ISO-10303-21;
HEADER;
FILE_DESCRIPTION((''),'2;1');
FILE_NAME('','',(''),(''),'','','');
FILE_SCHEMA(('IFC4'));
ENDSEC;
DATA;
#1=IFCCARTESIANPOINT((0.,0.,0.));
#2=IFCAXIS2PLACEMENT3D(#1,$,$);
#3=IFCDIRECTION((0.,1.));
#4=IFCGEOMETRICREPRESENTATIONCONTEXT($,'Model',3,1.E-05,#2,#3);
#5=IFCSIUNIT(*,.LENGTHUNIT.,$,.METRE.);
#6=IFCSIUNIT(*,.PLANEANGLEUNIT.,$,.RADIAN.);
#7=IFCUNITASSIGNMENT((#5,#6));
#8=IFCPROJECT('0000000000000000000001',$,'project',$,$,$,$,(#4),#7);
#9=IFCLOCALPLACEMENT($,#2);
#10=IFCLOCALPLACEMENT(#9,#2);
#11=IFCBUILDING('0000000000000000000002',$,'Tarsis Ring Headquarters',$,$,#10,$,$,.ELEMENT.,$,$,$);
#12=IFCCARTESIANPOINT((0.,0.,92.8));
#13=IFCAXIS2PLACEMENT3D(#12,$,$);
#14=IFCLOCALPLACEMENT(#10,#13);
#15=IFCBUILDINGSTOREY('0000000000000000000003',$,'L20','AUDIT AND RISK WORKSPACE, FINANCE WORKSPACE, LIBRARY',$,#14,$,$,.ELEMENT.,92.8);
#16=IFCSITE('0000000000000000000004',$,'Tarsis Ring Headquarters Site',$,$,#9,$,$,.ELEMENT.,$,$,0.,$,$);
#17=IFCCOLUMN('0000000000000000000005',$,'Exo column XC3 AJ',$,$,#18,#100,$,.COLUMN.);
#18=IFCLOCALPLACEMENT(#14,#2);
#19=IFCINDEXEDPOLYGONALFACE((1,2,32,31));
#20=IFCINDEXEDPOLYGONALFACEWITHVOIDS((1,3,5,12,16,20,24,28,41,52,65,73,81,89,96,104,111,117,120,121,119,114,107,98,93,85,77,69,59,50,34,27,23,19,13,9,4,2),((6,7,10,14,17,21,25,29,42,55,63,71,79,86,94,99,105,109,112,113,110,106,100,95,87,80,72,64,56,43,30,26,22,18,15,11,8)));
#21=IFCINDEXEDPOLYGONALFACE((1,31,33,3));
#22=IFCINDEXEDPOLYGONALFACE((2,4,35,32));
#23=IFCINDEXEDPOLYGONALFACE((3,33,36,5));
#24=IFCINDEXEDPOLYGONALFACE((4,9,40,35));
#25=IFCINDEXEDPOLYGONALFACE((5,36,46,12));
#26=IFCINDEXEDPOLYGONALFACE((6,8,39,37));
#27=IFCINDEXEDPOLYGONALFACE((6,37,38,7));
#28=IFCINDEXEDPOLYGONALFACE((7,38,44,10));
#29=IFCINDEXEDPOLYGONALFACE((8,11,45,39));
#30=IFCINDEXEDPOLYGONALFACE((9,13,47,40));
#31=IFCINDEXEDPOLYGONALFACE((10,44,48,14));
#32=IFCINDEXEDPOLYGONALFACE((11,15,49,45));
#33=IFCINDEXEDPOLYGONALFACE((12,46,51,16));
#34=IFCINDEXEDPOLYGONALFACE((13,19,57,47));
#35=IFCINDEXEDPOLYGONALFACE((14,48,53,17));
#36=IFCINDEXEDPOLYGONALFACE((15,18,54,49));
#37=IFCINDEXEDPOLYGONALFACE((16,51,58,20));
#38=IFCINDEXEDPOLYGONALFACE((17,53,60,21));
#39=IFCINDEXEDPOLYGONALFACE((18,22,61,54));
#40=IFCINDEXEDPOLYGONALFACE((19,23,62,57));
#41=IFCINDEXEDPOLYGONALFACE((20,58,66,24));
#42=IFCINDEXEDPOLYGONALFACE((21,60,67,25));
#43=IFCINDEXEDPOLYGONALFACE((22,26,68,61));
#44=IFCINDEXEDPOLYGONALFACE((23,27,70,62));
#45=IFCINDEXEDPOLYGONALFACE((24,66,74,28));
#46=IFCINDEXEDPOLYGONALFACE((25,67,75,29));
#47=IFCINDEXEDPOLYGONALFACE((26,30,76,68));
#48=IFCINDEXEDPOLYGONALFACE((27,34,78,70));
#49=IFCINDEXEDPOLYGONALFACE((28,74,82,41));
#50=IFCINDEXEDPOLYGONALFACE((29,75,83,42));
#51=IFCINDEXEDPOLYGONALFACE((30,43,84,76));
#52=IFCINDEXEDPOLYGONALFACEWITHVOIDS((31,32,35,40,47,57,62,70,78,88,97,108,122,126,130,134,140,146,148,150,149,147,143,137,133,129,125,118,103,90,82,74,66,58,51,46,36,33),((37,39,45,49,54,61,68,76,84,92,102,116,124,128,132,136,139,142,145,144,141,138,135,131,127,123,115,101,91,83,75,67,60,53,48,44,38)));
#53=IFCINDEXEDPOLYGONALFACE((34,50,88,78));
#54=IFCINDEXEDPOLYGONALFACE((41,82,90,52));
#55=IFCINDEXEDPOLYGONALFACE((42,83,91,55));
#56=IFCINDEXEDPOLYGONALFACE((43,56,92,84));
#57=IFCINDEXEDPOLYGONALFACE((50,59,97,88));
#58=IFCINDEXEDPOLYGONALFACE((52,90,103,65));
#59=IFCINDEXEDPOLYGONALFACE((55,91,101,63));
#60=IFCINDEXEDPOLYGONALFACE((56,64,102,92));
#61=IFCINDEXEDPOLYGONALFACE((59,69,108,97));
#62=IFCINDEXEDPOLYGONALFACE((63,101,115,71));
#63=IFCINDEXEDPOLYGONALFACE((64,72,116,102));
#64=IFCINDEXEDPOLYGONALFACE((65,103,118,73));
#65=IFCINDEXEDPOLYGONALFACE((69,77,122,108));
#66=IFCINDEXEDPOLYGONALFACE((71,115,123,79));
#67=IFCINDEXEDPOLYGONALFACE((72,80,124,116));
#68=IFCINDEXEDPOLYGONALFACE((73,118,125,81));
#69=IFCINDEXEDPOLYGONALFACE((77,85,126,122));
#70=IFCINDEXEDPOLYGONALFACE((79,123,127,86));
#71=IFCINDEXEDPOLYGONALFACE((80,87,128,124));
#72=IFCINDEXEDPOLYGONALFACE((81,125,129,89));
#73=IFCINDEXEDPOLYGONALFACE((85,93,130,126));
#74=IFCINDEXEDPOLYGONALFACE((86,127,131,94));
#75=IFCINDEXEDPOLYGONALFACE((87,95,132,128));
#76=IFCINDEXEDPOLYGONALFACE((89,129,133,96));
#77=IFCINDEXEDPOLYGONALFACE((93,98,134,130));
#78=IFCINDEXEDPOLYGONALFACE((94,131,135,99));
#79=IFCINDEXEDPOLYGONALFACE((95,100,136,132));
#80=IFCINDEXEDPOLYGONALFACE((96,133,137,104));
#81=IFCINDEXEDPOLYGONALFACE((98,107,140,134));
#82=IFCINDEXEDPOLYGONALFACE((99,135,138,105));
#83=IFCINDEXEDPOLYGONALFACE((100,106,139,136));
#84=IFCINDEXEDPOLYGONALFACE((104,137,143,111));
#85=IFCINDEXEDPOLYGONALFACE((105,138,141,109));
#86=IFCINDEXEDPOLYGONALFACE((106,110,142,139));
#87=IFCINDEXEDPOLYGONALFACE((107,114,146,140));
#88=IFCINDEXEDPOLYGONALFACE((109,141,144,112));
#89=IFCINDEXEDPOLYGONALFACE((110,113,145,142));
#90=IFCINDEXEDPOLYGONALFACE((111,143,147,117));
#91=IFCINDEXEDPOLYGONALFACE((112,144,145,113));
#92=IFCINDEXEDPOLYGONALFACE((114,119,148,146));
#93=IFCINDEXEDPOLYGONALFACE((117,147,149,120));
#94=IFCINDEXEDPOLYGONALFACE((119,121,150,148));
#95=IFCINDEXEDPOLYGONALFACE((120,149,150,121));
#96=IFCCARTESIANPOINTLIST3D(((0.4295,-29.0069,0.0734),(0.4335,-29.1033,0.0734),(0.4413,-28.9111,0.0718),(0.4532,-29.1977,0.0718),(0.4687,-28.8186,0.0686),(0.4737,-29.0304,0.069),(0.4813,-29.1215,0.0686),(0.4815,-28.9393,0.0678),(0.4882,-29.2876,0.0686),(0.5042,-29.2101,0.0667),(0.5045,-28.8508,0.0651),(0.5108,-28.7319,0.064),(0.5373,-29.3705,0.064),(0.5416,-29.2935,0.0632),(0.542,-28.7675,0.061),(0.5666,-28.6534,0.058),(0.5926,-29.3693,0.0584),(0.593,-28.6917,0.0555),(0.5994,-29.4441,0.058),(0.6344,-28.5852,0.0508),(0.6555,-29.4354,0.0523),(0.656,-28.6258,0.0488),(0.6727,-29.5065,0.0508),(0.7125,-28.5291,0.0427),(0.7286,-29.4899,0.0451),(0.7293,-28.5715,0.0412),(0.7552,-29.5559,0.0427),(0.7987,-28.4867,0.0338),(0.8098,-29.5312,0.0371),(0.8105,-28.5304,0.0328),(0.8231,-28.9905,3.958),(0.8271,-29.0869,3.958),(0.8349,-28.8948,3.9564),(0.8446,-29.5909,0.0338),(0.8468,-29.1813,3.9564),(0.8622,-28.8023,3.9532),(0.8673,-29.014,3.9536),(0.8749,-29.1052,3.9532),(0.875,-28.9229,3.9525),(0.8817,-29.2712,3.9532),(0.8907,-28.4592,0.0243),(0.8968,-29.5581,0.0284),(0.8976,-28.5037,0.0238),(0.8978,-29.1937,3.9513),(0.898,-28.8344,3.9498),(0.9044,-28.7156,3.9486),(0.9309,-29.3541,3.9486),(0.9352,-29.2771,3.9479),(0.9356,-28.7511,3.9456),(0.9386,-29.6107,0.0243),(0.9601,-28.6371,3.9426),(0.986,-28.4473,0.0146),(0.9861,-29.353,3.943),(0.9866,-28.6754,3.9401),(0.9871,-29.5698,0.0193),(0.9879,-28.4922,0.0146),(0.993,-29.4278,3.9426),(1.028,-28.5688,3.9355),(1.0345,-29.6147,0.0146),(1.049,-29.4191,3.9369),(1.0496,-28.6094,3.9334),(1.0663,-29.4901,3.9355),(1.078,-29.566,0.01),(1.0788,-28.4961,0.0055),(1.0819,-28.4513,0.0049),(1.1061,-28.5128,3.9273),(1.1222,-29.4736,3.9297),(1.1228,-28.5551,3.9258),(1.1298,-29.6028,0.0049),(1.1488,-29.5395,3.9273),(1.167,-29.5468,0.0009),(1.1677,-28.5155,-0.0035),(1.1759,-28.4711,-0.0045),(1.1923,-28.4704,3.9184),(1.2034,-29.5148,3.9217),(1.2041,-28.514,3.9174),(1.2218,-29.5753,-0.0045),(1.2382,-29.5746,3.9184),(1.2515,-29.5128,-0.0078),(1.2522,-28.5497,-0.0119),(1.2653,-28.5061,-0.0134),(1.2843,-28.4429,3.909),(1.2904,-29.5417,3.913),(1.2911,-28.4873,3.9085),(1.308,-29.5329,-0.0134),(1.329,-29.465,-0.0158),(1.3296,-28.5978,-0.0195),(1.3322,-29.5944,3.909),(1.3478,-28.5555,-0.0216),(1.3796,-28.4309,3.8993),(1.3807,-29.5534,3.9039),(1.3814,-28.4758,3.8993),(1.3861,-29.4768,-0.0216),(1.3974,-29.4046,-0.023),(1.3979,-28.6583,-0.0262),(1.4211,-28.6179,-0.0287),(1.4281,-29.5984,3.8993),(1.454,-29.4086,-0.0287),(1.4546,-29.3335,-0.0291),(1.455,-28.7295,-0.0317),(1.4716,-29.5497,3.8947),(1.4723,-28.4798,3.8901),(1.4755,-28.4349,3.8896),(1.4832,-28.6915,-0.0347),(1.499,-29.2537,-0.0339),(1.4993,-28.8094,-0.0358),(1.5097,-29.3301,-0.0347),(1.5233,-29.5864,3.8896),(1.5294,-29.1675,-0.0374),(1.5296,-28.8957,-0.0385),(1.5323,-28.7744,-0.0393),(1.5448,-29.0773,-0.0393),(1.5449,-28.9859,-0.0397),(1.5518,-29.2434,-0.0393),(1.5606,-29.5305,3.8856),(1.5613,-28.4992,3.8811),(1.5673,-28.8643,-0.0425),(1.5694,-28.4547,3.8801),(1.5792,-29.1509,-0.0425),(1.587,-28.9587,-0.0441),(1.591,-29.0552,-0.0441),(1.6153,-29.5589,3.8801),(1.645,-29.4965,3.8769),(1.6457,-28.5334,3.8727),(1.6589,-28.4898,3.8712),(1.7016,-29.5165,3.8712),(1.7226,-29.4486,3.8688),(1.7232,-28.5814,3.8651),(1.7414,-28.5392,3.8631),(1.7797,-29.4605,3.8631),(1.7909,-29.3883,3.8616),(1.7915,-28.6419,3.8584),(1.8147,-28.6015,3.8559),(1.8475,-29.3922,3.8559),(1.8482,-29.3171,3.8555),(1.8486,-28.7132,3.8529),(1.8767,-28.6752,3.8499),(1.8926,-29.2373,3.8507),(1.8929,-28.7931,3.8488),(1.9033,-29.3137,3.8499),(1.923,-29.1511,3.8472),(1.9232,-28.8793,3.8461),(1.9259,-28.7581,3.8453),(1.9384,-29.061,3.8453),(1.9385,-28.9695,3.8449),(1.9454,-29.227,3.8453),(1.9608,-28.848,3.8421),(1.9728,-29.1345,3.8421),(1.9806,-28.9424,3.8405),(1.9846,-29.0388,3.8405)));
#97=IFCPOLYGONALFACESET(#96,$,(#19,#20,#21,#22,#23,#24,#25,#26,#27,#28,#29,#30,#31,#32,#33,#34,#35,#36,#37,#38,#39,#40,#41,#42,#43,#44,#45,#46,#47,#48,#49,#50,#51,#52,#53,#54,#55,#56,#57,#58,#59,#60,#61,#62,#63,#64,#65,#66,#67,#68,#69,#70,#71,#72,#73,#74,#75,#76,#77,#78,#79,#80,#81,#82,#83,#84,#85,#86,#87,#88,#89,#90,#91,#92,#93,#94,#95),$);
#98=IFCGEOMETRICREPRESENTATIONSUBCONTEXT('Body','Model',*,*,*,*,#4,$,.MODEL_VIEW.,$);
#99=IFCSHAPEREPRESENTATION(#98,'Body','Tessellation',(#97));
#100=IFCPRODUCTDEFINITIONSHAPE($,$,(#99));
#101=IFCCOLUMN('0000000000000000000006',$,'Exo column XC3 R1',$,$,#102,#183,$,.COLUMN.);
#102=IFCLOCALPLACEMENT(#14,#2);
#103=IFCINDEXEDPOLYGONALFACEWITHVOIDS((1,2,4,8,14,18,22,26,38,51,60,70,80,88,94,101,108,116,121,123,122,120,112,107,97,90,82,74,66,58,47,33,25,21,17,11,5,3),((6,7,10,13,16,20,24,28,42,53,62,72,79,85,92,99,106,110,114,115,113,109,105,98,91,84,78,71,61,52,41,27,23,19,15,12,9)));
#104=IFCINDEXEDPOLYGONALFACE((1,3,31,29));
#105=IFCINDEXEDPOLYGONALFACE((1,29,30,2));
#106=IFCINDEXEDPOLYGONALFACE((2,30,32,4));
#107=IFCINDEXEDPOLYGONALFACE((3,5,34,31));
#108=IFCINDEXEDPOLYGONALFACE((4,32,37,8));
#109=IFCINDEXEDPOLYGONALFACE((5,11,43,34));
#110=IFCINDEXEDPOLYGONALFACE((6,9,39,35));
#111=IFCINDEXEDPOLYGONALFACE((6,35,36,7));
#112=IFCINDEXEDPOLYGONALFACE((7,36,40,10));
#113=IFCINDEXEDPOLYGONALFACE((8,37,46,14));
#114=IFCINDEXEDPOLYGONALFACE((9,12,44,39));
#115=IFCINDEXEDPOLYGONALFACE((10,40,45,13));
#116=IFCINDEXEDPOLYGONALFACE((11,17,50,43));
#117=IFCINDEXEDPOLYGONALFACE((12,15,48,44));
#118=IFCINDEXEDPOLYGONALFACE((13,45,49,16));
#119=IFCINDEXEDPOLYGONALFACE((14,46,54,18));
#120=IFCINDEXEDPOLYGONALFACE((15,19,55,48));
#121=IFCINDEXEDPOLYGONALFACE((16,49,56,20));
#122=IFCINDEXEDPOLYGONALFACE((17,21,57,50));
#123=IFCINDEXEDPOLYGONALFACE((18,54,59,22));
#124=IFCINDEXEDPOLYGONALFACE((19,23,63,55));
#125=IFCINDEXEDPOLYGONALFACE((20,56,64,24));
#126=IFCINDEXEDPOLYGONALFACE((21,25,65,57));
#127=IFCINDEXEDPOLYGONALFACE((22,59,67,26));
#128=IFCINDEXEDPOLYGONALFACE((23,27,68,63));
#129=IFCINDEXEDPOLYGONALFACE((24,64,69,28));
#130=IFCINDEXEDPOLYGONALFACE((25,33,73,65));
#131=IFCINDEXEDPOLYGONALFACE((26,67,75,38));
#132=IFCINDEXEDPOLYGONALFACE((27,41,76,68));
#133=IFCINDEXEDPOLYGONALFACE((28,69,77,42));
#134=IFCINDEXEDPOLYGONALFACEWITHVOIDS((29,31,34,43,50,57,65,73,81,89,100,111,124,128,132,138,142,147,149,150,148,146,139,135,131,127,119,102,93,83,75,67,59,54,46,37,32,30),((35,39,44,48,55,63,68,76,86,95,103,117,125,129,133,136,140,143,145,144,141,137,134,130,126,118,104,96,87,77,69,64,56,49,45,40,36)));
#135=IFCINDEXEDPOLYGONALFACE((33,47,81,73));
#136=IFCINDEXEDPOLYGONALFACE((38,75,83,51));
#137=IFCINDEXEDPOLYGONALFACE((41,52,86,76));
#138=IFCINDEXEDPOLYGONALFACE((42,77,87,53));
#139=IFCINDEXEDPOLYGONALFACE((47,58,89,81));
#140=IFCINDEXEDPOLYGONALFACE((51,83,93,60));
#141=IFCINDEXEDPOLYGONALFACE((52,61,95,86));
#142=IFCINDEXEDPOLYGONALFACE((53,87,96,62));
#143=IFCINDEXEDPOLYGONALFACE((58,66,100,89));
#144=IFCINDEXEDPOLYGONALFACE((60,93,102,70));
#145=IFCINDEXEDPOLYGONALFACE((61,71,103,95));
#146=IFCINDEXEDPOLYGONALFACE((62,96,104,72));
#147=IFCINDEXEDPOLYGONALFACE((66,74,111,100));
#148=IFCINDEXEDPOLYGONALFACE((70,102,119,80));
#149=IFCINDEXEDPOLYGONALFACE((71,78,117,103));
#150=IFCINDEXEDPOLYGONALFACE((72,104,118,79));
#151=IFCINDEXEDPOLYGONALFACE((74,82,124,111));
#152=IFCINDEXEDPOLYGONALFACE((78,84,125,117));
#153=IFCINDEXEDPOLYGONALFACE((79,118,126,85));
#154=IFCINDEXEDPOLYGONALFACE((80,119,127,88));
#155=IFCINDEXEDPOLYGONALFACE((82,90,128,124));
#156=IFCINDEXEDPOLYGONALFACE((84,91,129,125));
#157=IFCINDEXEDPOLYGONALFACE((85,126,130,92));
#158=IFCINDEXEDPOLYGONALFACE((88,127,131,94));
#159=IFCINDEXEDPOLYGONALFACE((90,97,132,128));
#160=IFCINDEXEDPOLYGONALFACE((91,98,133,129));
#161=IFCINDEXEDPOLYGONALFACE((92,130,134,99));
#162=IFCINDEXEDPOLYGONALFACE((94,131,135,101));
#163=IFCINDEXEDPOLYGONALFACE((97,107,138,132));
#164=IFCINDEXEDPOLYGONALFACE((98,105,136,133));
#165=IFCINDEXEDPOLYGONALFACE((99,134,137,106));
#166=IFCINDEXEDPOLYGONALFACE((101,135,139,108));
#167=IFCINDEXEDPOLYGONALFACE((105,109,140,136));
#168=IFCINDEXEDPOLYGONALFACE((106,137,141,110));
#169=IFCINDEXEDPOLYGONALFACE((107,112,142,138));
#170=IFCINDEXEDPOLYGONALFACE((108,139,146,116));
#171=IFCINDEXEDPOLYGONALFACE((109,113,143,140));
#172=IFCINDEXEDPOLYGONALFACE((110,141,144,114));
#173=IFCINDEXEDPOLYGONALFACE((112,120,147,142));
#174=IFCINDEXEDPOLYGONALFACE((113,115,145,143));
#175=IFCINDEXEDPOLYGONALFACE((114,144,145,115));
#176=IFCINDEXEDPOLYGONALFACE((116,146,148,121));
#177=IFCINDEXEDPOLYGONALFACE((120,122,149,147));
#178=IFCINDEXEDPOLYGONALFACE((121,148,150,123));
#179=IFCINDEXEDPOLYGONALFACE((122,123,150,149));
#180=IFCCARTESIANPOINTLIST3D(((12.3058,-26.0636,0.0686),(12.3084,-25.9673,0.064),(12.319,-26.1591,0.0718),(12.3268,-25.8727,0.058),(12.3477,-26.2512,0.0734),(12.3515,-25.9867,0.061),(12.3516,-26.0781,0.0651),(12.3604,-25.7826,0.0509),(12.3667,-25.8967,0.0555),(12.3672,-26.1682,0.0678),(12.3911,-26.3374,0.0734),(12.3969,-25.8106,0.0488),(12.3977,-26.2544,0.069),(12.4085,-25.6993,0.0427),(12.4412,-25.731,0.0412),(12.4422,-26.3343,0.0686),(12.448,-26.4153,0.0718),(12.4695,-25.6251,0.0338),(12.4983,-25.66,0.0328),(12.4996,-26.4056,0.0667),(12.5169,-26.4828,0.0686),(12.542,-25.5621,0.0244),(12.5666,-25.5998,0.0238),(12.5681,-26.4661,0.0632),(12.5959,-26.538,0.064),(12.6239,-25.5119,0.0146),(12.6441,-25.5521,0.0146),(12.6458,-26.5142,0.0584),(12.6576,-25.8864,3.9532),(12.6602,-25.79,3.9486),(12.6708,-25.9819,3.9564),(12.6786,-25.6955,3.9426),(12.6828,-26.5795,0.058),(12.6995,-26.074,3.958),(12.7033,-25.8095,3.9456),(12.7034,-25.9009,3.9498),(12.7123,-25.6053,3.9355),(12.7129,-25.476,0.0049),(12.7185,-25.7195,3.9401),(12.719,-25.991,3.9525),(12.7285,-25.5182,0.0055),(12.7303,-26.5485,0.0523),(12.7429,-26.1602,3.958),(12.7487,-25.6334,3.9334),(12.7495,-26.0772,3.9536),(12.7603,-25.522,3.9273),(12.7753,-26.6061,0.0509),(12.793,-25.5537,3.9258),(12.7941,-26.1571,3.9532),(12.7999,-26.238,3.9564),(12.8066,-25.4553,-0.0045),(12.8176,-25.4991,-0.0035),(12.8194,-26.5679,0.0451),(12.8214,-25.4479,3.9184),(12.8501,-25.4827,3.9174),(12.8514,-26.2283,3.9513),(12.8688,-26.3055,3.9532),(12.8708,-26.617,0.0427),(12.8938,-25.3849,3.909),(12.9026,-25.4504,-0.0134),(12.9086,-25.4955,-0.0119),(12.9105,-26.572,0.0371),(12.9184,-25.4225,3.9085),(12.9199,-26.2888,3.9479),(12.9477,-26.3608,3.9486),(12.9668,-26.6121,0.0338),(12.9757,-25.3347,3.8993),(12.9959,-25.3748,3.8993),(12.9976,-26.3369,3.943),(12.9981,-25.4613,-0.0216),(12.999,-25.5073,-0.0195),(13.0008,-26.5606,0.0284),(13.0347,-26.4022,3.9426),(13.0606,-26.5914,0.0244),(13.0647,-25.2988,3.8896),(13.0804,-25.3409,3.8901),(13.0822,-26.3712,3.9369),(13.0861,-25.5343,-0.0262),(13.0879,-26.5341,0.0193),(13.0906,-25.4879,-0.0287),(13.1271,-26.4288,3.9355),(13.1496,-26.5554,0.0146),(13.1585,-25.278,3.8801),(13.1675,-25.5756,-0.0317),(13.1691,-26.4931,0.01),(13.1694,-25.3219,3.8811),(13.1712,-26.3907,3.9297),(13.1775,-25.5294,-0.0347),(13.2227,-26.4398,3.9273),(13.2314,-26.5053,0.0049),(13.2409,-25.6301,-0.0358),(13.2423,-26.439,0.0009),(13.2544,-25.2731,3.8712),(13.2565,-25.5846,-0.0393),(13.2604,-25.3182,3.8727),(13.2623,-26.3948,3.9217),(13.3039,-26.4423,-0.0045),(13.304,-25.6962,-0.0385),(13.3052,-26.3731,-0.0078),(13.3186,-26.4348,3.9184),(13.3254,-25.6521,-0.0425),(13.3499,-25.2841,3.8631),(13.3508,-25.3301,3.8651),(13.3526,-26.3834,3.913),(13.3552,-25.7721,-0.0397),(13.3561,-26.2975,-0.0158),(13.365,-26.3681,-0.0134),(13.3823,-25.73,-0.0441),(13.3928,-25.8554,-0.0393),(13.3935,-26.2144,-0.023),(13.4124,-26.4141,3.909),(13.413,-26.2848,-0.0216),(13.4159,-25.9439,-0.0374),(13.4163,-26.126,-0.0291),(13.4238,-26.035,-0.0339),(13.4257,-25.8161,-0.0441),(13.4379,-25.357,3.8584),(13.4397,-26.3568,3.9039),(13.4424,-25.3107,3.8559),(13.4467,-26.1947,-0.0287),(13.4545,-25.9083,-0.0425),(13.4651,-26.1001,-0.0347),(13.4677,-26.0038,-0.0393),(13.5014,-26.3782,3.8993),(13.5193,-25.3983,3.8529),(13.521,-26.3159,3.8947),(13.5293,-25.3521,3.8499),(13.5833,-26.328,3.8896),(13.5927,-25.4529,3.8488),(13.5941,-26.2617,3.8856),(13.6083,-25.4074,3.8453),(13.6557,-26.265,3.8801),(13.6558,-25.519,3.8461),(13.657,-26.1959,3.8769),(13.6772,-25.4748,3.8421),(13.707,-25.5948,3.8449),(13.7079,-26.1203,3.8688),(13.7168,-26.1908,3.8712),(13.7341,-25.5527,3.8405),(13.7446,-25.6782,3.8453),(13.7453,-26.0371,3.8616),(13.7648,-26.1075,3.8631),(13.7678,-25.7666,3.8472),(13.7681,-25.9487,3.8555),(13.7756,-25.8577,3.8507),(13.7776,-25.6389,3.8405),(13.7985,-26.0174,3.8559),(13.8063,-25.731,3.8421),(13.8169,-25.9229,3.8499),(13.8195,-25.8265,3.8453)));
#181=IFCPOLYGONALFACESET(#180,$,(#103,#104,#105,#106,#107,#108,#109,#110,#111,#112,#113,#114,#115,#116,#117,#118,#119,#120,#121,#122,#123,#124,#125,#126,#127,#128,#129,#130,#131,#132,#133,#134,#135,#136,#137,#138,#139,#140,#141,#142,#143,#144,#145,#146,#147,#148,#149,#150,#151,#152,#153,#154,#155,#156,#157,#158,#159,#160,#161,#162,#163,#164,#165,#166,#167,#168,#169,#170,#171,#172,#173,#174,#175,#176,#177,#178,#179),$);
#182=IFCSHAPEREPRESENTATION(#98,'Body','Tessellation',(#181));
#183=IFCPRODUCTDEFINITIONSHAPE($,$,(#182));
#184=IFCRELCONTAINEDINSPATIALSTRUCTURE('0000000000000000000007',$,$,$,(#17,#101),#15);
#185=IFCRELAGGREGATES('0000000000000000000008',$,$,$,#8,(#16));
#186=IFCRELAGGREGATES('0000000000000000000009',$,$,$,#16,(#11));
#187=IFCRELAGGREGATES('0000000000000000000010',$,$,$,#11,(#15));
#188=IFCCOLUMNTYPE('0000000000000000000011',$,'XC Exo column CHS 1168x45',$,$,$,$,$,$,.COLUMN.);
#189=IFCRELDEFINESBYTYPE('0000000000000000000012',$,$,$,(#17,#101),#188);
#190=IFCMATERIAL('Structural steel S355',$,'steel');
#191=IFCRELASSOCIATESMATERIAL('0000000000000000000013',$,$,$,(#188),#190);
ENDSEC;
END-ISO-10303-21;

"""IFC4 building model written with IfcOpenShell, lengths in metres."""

from ifc_helpers import new_model, si_unit, direction, frame, origin, origin_2d, place, context, subcontext, project, spatial, hollow_circle, extrude, material, material_profile, profile_set, type_object, element, save


model = new_model("IFC4")

# Units and contexts
model_context = context("Model", 3, precision=1e-05, world=origin(), true_north=direction((0.0, 1.0)))
body_context = subcontext(model_context, "Body", "Model", "MODEL_VIEW")
ifc_project = project(units=[si_unit("LENGTHUNIT", "METRE"), si_unit("PLANEANGLEUNIT", "RADIAN")], contexts=[model_context])

# Site, building, storey
site_placement = place(None, origin())
site = spatial("IfcSite", under=ifc_project, at=site_placement, Name="Tarsis Ring Headquarters Site", CompositionType="ELEMENT", RefElevation=0.0)
building_placement = place(site_placement, origin())
building = spatial("IfcBuilding", under=site, at=building_placement, Name="Tarsis Ring Headquarters", CompositionType="ELEMENT")
storey_placement = place(building_placement, frame((0.0, 0.0, 92.8)))
storey = spatial("IfcBuildingStorey", under=building, at=storey_placement, Name="L20", Description="AUDIT AND RISK WORKSPACE, FINANCE WORKSPACE, LIBRARY", CompositionType="ELEMENT", Elevation=92.8)

# Columns
ifc_material_1 = material(Name="Structural steel S355", Category="steel")
ifc_material_profile_1 = material_profile(ifc_material_1, hollow_circle(Radius=0.5842, WallThickness=0.0449, at=origin_2d()), Name="CHS 1168x45")
ifc_profile_set_1 = profile_set([ifc_material_profile_1], Name="Structural steel S355")
column_type = type_object("IfcColumnType", Name="XC Exo column CHS 1168x45", PredefinedType="COLUMN", material=ifc_profile_set_1)
for number, where, z_axis, x_axis, name in (
    (1, (1.0103, -29.031, 0.0146), (0.100797, 0.004189, 0.994898), (-0.041527, 0.999137, 0.0), "Exo column XC3 AJ"),
    (2, (12.8867, -26.0337, 0.0146), (0.090104, 0.045396, 0.994897), (-0.449938, 0.89306, 0.0), "Exo column XC3 R1"),
):
    element("IfcColumn", number, at=place(storey_placement, frame(where, z_axis=z_axis, x_axis=x_axis)), inside=storey, type_object=column_type, Name=name, PredefinedType="COLUMN", context=body_context, shape_type="SweptSolid", body=[
        extrude(hollow_circle(Radius=0.5842, WallThickness=0.0449, at=origin_2d()), origin(), (0.0, 0.0, 1.0), 3.9045),
    ])

save(model, "model.ifc")
